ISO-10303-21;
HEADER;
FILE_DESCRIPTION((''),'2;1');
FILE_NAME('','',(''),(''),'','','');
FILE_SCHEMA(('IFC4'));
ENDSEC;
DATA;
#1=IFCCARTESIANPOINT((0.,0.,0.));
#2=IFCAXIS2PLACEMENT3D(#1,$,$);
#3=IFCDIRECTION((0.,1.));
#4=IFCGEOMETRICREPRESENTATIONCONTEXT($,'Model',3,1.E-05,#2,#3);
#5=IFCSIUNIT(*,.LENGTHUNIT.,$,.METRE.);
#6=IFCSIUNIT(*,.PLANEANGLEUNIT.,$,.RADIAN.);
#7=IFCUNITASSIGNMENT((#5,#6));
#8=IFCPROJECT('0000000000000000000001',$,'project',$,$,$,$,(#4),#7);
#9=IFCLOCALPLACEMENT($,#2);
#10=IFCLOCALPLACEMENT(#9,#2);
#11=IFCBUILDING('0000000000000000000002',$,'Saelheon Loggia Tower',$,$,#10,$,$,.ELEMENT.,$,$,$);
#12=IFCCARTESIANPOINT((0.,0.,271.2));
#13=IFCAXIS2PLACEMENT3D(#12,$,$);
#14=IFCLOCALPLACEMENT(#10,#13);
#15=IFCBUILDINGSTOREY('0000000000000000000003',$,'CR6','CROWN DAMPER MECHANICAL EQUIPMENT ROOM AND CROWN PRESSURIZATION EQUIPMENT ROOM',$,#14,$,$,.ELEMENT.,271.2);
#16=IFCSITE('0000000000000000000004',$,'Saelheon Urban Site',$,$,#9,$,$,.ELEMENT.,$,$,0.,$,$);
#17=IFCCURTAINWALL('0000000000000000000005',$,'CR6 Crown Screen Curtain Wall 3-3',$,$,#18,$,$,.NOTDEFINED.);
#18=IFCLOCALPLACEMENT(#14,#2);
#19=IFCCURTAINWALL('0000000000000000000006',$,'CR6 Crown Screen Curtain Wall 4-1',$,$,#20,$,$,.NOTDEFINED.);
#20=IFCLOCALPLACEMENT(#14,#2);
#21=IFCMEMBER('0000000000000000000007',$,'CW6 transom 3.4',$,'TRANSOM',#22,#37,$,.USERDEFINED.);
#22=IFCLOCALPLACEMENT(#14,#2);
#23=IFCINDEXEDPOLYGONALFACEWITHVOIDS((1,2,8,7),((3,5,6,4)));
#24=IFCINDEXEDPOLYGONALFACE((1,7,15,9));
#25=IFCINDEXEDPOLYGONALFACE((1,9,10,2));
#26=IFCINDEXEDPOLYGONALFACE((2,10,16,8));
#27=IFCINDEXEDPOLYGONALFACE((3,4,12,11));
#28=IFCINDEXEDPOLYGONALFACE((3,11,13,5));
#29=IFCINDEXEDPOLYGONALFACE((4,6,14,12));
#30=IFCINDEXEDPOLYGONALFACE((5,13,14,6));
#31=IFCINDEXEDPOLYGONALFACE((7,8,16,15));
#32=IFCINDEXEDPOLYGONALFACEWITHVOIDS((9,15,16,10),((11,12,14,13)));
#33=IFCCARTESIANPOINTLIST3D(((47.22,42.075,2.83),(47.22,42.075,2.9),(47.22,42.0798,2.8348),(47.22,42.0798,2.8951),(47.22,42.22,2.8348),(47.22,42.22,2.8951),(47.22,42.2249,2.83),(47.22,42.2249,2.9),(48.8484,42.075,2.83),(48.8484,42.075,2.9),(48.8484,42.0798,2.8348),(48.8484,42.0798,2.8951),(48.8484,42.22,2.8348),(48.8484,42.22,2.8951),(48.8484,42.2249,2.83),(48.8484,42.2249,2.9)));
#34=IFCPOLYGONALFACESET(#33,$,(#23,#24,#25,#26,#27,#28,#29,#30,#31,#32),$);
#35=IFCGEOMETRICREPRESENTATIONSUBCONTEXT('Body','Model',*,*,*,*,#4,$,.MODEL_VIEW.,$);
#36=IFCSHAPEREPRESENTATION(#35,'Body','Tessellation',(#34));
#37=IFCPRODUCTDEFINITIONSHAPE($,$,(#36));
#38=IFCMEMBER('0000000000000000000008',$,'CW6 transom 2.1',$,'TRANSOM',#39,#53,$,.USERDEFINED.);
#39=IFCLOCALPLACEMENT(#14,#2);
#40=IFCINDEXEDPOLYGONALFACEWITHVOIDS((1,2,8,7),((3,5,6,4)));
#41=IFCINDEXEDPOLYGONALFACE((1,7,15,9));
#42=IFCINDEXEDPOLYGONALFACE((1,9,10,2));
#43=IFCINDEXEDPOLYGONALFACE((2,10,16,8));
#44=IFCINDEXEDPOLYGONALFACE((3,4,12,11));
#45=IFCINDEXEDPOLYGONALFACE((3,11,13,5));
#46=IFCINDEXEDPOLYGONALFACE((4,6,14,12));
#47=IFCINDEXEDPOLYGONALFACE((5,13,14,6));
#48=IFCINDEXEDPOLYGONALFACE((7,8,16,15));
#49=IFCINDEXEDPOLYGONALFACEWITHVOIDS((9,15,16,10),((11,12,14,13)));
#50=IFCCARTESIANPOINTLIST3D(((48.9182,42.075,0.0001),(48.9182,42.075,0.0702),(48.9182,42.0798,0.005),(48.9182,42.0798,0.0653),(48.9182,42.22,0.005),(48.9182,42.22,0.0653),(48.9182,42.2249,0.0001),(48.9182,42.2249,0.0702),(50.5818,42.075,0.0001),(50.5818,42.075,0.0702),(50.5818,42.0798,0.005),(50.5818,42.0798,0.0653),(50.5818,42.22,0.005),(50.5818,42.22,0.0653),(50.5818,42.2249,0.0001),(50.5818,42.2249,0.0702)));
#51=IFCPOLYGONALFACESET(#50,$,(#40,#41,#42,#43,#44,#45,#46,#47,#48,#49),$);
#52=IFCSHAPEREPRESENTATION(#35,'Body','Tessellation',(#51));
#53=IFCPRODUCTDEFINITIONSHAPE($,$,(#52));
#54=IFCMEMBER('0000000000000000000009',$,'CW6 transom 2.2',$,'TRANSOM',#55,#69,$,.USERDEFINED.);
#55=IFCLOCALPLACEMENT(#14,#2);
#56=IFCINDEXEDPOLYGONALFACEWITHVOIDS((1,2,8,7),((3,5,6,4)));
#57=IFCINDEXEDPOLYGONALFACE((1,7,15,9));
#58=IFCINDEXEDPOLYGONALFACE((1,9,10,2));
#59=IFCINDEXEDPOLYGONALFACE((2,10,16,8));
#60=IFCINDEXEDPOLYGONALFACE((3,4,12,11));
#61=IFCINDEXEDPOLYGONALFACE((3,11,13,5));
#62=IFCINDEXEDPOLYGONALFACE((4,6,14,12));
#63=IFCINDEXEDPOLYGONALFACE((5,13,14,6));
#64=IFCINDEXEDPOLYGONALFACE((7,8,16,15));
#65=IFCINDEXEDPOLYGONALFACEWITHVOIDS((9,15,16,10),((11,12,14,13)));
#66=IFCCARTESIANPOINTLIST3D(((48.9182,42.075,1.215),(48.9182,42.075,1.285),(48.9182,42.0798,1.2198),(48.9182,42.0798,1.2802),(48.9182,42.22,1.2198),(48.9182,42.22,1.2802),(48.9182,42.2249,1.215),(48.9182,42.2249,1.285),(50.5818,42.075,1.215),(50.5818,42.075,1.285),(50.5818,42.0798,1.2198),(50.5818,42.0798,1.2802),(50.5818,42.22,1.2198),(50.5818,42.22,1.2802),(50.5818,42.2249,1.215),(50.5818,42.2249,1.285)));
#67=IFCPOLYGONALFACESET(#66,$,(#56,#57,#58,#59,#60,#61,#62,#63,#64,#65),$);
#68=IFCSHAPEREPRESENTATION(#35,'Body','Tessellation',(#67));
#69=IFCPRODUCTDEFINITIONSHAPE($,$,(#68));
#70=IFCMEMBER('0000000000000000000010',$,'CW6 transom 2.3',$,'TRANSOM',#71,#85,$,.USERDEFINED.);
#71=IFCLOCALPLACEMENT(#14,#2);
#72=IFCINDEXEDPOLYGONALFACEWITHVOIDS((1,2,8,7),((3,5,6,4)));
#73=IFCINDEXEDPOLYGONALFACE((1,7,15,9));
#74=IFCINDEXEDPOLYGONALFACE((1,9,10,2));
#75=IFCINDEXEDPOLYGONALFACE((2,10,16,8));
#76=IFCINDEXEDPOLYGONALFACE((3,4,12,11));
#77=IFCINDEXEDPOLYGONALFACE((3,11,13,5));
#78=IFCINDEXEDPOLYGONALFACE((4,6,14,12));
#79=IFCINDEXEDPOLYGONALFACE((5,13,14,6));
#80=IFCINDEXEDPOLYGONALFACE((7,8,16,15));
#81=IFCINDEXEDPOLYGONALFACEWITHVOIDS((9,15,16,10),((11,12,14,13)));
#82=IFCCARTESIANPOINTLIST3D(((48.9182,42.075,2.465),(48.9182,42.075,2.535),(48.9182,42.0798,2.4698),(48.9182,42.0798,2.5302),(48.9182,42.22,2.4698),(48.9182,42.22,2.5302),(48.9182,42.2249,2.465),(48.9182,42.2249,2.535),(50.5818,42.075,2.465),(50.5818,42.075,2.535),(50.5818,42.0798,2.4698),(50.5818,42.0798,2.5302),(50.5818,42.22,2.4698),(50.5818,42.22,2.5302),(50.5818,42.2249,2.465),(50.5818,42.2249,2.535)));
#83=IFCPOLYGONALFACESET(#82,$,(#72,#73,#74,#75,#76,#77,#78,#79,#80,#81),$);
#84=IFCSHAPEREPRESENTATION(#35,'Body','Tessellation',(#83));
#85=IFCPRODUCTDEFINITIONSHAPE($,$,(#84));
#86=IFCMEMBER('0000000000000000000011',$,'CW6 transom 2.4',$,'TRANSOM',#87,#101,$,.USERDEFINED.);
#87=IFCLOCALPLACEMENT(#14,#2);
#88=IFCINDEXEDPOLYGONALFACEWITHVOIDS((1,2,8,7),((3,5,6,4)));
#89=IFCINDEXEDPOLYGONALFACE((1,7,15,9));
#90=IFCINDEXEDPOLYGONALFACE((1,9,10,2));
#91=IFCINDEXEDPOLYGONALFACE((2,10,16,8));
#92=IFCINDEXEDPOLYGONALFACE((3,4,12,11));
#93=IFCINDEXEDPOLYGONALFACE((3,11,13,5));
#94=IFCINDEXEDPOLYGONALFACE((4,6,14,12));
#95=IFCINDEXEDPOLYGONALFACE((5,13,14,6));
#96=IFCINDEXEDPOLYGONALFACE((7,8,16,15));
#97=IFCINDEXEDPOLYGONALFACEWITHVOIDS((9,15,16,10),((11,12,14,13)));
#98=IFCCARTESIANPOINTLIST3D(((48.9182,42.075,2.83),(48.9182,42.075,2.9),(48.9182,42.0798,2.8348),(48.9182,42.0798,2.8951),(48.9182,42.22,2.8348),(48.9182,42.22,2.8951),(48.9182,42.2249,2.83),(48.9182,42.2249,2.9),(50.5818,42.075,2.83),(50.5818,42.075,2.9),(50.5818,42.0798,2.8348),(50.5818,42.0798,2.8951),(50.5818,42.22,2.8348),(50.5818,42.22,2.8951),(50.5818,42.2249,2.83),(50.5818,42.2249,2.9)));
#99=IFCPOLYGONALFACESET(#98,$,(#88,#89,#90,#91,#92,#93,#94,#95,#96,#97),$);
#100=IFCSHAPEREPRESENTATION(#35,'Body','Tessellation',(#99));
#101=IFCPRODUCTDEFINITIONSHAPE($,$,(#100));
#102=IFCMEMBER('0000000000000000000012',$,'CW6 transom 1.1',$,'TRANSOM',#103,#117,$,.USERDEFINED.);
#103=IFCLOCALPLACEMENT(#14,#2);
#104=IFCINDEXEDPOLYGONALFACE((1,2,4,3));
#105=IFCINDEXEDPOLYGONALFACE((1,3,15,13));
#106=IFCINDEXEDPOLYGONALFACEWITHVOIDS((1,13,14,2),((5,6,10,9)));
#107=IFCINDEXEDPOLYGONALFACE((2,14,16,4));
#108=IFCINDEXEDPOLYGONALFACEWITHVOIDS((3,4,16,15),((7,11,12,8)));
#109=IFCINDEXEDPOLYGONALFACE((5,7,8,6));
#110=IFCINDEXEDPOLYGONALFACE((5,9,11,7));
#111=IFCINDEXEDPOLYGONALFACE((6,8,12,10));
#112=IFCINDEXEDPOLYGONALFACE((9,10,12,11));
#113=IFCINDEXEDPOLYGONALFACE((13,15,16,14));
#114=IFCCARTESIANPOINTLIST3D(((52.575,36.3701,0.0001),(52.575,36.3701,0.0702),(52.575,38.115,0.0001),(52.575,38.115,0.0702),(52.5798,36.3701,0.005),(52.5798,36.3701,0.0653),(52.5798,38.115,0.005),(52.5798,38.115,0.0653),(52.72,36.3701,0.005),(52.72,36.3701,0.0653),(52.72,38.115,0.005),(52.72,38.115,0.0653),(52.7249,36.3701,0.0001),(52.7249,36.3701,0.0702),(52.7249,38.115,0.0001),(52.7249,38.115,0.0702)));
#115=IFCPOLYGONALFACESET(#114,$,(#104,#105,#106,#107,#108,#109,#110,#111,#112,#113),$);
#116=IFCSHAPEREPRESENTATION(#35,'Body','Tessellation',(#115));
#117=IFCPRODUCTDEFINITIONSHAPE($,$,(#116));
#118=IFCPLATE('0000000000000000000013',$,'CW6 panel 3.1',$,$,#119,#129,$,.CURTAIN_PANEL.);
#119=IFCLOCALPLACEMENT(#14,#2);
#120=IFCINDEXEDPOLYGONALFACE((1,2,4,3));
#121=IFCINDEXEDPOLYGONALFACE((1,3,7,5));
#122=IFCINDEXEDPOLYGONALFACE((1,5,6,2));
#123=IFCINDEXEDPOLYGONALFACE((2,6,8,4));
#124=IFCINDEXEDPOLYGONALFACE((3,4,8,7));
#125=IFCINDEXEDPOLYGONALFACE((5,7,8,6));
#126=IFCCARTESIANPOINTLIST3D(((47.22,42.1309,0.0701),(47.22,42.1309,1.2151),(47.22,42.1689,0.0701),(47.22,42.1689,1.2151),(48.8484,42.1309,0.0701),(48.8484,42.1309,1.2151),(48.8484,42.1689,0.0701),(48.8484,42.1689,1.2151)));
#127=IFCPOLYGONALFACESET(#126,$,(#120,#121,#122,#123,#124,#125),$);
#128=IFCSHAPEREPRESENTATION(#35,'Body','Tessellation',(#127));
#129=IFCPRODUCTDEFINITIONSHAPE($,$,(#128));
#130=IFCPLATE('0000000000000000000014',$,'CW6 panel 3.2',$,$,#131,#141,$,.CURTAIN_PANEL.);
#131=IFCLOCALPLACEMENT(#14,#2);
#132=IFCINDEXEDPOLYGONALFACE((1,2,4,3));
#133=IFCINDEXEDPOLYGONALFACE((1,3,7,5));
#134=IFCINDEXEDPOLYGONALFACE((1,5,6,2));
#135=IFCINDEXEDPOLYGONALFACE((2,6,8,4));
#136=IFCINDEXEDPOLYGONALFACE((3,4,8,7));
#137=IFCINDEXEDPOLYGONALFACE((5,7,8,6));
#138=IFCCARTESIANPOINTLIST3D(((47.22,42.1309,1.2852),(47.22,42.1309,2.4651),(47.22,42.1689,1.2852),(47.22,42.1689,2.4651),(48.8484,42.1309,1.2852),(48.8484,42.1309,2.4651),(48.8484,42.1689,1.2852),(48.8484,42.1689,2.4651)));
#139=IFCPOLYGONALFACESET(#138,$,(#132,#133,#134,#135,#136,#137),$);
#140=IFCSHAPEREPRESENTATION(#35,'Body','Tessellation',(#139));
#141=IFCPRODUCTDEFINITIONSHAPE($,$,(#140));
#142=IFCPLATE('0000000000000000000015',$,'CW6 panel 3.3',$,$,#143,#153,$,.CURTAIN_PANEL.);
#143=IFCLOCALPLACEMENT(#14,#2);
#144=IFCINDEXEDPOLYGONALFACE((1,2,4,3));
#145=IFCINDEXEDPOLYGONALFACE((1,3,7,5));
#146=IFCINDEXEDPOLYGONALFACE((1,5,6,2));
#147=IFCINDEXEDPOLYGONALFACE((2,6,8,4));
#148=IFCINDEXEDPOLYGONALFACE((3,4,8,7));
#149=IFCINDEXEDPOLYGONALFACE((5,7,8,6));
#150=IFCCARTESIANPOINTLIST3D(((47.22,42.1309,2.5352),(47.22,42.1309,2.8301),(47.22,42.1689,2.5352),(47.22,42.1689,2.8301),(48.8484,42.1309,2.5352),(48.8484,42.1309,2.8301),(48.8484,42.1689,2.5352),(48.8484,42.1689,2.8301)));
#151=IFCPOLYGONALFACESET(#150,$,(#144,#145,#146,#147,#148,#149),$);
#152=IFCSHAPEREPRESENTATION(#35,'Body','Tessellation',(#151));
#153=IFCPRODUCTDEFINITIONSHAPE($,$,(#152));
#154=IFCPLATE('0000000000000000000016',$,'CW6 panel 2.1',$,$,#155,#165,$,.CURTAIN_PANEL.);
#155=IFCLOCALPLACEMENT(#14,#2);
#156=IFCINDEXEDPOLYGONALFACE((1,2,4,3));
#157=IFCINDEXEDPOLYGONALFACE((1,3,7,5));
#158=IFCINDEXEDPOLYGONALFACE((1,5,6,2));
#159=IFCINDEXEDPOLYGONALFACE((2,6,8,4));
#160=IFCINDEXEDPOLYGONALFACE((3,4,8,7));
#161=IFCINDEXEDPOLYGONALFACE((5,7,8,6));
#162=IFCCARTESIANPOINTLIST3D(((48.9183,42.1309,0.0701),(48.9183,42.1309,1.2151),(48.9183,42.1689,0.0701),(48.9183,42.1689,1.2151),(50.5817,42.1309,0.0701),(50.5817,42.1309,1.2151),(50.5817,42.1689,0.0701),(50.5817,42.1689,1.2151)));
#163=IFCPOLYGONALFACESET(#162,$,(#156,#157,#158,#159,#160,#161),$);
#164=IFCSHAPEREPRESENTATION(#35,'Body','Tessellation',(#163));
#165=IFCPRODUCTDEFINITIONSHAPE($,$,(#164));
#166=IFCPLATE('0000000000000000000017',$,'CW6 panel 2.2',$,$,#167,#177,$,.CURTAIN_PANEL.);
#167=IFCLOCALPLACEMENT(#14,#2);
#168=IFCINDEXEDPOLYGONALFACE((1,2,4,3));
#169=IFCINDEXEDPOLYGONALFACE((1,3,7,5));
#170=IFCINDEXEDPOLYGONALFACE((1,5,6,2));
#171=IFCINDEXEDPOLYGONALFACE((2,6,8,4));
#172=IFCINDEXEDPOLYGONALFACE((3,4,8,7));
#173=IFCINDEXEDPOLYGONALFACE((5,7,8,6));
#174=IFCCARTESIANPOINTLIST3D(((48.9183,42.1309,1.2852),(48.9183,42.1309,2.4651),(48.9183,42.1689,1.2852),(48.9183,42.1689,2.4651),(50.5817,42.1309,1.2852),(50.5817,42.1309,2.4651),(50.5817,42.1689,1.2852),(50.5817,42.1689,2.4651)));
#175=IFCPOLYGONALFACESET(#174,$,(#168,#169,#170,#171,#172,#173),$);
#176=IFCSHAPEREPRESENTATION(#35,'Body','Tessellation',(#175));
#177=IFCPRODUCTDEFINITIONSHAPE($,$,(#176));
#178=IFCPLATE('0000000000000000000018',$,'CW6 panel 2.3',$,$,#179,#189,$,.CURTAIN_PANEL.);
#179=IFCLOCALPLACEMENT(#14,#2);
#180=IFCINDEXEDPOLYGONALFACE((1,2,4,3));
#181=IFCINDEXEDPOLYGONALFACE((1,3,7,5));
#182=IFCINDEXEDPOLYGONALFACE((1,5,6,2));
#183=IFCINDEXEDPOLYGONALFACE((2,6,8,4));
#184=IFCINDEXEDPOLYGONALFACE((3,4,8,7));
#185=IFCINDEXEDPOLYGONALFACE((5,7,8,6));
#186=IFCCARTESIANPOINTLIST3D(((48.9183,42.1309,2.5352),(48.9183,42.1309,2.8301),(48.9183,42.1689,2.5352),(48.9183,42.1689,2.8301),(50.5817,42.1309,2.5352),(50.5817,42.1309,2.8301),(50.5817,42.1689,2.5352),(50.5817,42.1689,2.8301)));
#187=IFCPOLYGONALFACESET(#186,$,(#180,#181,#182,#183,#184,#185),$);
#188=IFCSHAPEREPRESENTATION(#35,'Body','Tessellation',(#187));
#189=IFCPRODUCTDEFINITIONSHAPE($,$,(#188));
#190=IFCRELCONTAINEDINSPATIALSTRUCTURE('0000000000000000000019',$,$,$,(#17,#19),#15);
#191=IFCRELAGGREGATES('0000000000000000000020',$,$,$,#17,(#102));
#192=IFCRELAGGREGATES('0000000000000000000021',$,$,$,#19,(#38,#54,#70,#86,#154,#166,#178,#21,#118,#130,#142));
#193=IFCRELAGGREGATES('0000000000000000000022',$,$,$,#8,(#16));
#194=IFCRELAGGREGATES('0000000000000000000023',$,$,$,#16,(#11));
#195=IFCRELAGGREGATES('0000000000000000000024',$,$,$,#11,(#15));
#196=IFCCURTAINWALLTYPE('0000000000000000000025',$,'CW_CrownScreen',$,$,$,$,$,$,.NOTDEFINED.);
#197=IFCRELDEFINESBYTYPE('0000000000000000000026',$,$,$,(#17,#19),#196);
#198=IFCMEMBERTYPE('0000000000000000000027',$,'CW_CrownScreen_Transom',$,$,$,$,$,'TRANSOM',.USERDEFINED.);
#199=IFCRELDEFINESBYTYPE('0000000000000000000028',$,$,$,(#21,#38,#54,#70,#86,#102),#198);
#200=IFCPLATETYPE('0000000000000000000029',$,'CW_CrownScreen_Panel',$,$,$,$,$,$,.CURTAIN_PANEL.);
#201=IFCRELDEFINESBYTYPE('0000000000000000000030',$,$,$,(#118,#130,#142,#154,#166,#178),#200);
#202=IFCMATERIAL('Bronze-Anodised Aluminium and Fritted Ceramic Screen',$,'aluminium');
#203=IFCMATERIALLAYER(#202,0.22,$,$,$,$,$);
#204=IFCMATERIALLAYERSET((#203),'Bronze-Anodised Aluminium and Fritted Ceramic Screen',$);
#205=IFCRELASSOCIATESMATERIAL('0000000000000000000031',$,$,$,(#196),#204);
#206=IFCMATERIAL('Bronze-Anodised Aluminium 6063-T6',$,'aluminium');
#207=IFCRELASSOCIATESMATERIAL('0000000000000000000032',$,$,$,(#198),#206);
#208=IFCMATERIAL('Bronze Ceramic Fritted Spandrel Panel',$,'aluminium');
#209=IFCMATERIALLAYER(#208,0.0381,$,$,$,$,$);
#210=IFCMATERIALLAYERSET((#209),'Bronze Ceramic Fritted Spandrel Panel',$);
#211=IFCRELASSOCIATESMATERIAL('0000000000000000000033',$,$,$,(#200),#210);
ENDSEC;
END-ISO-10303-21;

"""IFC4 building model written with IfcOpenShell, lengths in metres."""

from ifc_helpers import new_model, si_unit, direction, frame, origin, origin_2d, place, context, subcontext, project, spatial, rectangle, hollow_rectangle, extrude, source, transform, mapped, material, layer, layer_set, material_profile, profile_set, type_object, element, aggregate, save


model = new_model("IFC4")

# Units and contexts
model_context = context("Model", 3, precision=1e-05, world=origin(), true_north=direction((0.0, 1.0)))
body_context = subcontext(model_context, "Body", "Model", "MODEL_VIEW")
ifc_project = project(units=[si_unit("LENGTHUNIT", "METRE"), si_unit("PLANEANGLEUNIT", "RADIAN")], contexts=[model_context])

# Site, building, storey
site_placement = place(None, origin())
site = spatial("IfcSite", under=ifc_project, at=site_placement, Name="Saelheon Urban Site", CompositionType="ELEMENT", RefElevation=0.0)
building_placement = place(site_placement, origin())
building = spatial("IfcBuilding", under=site, at=building_placement, Name="Saelheon Loggia Tower", CompositionType="ELEMENT")
storey_placement = place(building_placement, frame((0.0, 0.0, 271.2)))
storey = spatial("IfcBuildingStorey", under=building, at=storey_placement, Name="CR6", Description="CROWN DAMPER MECHANICAL EQUIPMENT ROOM AND CROWN PRESSURIZATION EQUIPMENT ROOM", CompositionType="ELEMENT", Elevation=271.2)

# Curtain wall
ifc_material_1 = material(Name="Bronze-Anodised Aluminium and Fritted Ceramic Screen", Category="aluminium")
ifc_layer_1 = layer(ifc_material_1, 0.22)
ifc_layer_set_1 = layer_set([ifc_layer_1], Name="Bronze-Anodised Aluminium and Fritted Ceramic Screen")
curtain_wall_type = type_object("IfcCurtainWallType", Name="CW_CrownScreen", PredefinedType="NOTDEFINED", material=ifc_layer_set_1)
ifc_material_2 = material(Name="Bronze-Anodised Aluminium 6063-T6", Category="aluminium")
curtain_wall_1_placement = place(storey_placement, origin())
curtain_wall_1 = element("IfcCurtainWall", 1, at=curtain_wall_1_placement, inside=storey, type_object=curtain_wall_type, Name="CR6 Crown Screen Curtain Wall 3-3", PredefinedType="NOTDEFINED")

# Curtain wall, members
curtain_wall_2_placement = place(storey_placement, origin())
curtain_wall_2 = element("IfcCurtainWall", 2, at=curtain_wall_2_placement, inside=storey, type_object=curtain_wall_type, Name="CR6 Crown Screen Curtain Wall 4-1", PredefinedType="NOTDEFINED")
ifc_material_profile_1 = material_profile(ifc_material_2, hollow_rectangle(XDim=0.0701, YDim=0.1499, WallThickness=0.0049, at=origin_2d()), Name="RHS-150x70x5")
ifc_profile_set_1 = profile_set([ifc_material_profile_1], Name="Bronze-Anodised Aluminium 6063-T6")
member_type_1 = type_object("IfcMemberType", Name="CW_CrownScreen_Transom", ElementType="TRANSOM", PredefinedType="USERDEFINED", material=ifc_profile_set_1)
shared_shape_1 = source(origin(), body_context, "Body", "SweptSolid", [
    extrude(hollow_rectangle(XDim=0.0701, YDim=0.1499, WallThickness=0.0049, at=origin_2d()), origin(), (0.0, 0.0, 1.0), 1.6284),
])
member_1_placement = place(storey_placement, frame((48.8484, 42.1499, 2.865), z_axis=(-1.0, 0.0, 0.0), x_axis=(0.0, 0.0, 1.0)))
member_1 = element("IfcMember", 3, at=member_1_placement, type_object=member_type_1, Name="CW6 transom 3.4", ObjectType="TRANSOM", PredefinedType="USERDEFINED", context=body_context, shape_type="MappedRepresentation", body=[
    mapped(shared_shape_1, transform((0.0, 0.0, 0.0), scale=1.0)),
])
shared_shape_2 = source(origin(), body_context, "Body", "SweptSolid", [
    extrude(hollow_rectangle(XDim=0.0701, YDim=0.1499, WallThickness=0.0049, at=origin_2d()), origin(), (0.0, 0.0, 1.0), 1.6636),
])
member_2_placement = place(storey_placement, frame((50.5818, 42.1499, 0.0352), z_axis=(-1.0, 0.0, 0.0), x_axis=(0.0, 0.0, 1.0)))
member_2 = element("IfcMember", 4, at=member_2_placement, type_object=member_type_1, Name="CW6 transom 2.1", ObjectType="TRANSOM", PredefinedType="USERDEFINED", context=body_context, shape_type="MappedRepresentation", body=[
    mapped(shared_shape_2, transform((0.0, 0.0, 0.0), scale=1.0)),
])
member_3_placement = place(storey_placement, frame((50.5818, 42.1499, 1.25), z_axis=(-1.0, 0.0, 0.0), x_axis=(0.0, 0.0, 1.0)))
member_3 = element("IfcMember", 5, at=member_3_placement, type_object=member_type_1, Name="CW6 transom 2.2", ObjectType="TRANSOM", PredefinedType="USERDEFINED", context=body_context, shape_type="MappedRepresentation", body=[
    mapped(shared_shape_2, transform((0.0, 0.0, 0.0), scale=1.0)),
])
member_4_placement = place(storey_placement, frame((50.5818, 42.1499, 2.5), z_axis=(-1.0, 0.0, 0.0), x_axis=(0.0, 0.0, 1.0)))
member_4 = element("IfcMember", 6, at=member_4_placement, type_object=member_type_1, Name="CW6 transom 2.3", ObjectType="TRANSOM", PredefinedType="USERDEFINED", context=body_context, shape_type="MappedRepresentation", body=[
    mapped(shared_shape_2, transform((0.0, 0.0, 0.0), scale=1.0)),
])
member_5_placement = place(storey_placement, frame((50.5818, 42.1499, 2.865), z_axis=(-1.0, 0.0, 0.0), x_axis=(0.0, 0.0, 1.0)))
member_5 = element("IfcMember", 7, at=member_5_placement, type_object=member_type_1, Name="CW6 transom 2.4", ObjectType="TRANSOM", PredefinedType="USERDEFINED", context=body_context, shape_type="MappedRepresentation", body=[
    mapped(shared_shape_2, transform((0.0, 0.0, 0.0), scale=1.0)),
])

# Member
shared_shape_3 = source(origin(), body_context, "Body", "SweptSolid", [
    extrude(hollow_rectangle(XDim=0.0701, YDim=0.1499, WallThickness=0.0049, at=origin_2d()), origin(), (0.0, 0.0, 1.0), 1.7449),
])
member_6_placement = place(storey_placement, frame((52.6499, 36.3701, 0.0352), z_axis=(0.0, 1.0, 0.0), x_axis=(0.0, 0.0, 1.0)))
member_6 = element("IfcMember", 8, at=member_6_placement, type_object=member_type_1, Name="CW6 transom 1.1", ObjectType="TRANSOM", PredefinedType="USERDEFINED", context=body_context, shape_type="MappedRepresentation", body=[
    mapped(shared_shape_3, transform((0.0, 0.0, 0.0), scale=1.0)),
])
aggregate(curtain_wall_1, [member_6])

# Plates
ifc_material_3 = material(Name="Bronze Ceramic Fritted Spandrel Panel", Category="aluminium")
ifc_layer_2 = layer(ifc_material_3, 0.0381)
ifc_layer_set_2 = layer_set([ifc_layer_2], Name="Bronze Ceramic Fritted Spandrel Panel")
plate_type = type_object("IfcPlateType", Name="CW_CrownScreen_Panel", PredefinedType="CURTAIN_PANEL", material=ifc_layer_set_2)
shared_shape_4 = source(origin(), body_context, "Body", "SweptSolid", [
    extrude(rectangle(XDim=1.6284, YDim=0.0381, at=origin_2d()), origin(), (0.0, 0.0, 1.0), 1.145),
])
plate_1_placement = place(storey_placement, frame((48.0342, 42.1499, 0.0701), z_axis=(0.0, 0.0, 1.0), x_axis=(-1.0, 0.0, 0.0)))
plate_1 = element("IfcPlate", 9, at=plate_1_placement, type_object=plate_type, Name="CW6 panel 3.1", PredefinedType="CURTAIN_PANEL", context=body_context, shape_type="MappedRepresentation", body=[
    mapped(shared_shape_4, transform((0.0, 0.0, 0.0), scale=1.0)),
])
shared_shape_5 = source(origin(), body_context, "Body", "SweptSolid", [
    extrude(rectangle(XDim=1.6284, YDim=0.0381, at=origin_2d()), origin(), (0.0, 0.0, 1.0), 1.1799),
])
plate_2_placement = place(storey_placement, frame((48.0342, 42.1499, 1.2852), z_axis=(0.0, 0.0, 1.0), x_axis=(-1.0, 0.0, 0.0)))
plate_2 = element("IfcPlate", 10, at=plate_2_placement, type_object=plate_type, Name="CW6 panel 3.2", PredefinedType="CURTAIN_PANEL", context=body_context, shape_type="MappedRepresentation", body=[
    mapped(shared_shape_5, transform((0.0, 0.0, 0.0), scale=1.0)),
])
shared_shape_6 = source(origin(), body_context, "Body", "SweptSolid", [
    extrude(rectangle(XDim=1.6284, YDim=0.0381, at=origin_2d()), origin(), (0.0, 0.0, 1.0), 0.2949),
])
plate_3_placement = place(storey_placement, frame((48.0342, 42.1499, 2.5352), z_axis=(0.0, 0.0, 1.0), x_axis=(-1.0, 0.0, 0.0)))
plate_3 = element("IfcPlate", 11, at=plate_3_placement, type_object=plate_type, Name="CW6 panel 3.3", PredefinedType="CURTAIN_PANEL", context=body_context, shape_type="MappedRepresentation", body=[
    mapped(shared_shape_6, transform((0.0, 0.0, 0.0), scale=1.0)),
])
shared_shape_7 = source(origin(), body_context, "Body", "SweptSolid", [
    extrude(rectangle(XDim=1.6633, YDim=0.0381, at=origin_2d()), origin(), (0.0, 0.0, 1.0), 1.145),
])
plate_4_placement = place(storey_placement, frame((49.75, 42.1499, 0.0701), z_axis=(0.0, 0.0, 1.0), x_axis=(-1.0, 0.0, 0.0)))
plate_4 = element("IfcPlate", 12, at=plate_4_placement, type_object=plate_type, Name="CW6 panel 2.1", PredefinedType="CURTAIN_PANEL", context=body_context, shape_type="MappedRepresentation", body=[
    mapped(shared_shape_7, transform((0.0, 0.0, 0.0), scale=1.0)),
])
shared_shape_8 = source(origin(), body_context, "Body", "SweptSolid", [
    extrude(rectangle(XDim=1.6633, YDim=0.0381, at=origin_2d()), origin(), (0.0, 0.0, 1.0), 1.1799),
])
plate_5_placement = place(storey_placement, frame((49.75, 42.1499, 1.2852), z_axis=(0.0, 0.0, 1.0), x_axis=(-1.0, 0.0, 0.0)))
plate_5 = element("IfcPlate", 13, at=plate_5_placement, type_object=plate_type, Name="CW6 panel 2.2", PredefinedType="CURTAIN_PANEL", context=body_context, shape_type="MappedRepresentation", body=[
    mapped(shared_shape_8, transform((0.0, 0.0, 0.0), scale=1.0)),
])
shared_shape_9 = source(origin(), body_context, "Body", "SweptSolid", [
    extrude(rectangle(XDim=1.6633, YDim=0.0381, at=origin_2d()), origin(), (0.0, 0.0, 1.0), 0.2949),
])
plate_6_placement = place(storey_placement, frame((49.75, 42.1499, 2.5352), z_axis=(0.0, 0.0, 1.0), x_axis=(-1.0, 0.0, 0.0)))
plate_6 = element("IfcPlate", 14, at=plate_6_placement, type_object=plate_type, Name="CW6 panel 2.3", PredefinedType="CURTAIN_PANEL", context=body_context, shape_type="MappedRepresentation", body=[
    mapped(shared_shape_9, transform((0.0, 0.0, 0.0), scale=1.0)),
])
aggregate(curtain_wall_2, [member_2, member_3, member_4, member_5, plate_4, plate_5, plate_6, member_1, plate_1, plate_2, plate_3])

save(model, "model.ifc")
